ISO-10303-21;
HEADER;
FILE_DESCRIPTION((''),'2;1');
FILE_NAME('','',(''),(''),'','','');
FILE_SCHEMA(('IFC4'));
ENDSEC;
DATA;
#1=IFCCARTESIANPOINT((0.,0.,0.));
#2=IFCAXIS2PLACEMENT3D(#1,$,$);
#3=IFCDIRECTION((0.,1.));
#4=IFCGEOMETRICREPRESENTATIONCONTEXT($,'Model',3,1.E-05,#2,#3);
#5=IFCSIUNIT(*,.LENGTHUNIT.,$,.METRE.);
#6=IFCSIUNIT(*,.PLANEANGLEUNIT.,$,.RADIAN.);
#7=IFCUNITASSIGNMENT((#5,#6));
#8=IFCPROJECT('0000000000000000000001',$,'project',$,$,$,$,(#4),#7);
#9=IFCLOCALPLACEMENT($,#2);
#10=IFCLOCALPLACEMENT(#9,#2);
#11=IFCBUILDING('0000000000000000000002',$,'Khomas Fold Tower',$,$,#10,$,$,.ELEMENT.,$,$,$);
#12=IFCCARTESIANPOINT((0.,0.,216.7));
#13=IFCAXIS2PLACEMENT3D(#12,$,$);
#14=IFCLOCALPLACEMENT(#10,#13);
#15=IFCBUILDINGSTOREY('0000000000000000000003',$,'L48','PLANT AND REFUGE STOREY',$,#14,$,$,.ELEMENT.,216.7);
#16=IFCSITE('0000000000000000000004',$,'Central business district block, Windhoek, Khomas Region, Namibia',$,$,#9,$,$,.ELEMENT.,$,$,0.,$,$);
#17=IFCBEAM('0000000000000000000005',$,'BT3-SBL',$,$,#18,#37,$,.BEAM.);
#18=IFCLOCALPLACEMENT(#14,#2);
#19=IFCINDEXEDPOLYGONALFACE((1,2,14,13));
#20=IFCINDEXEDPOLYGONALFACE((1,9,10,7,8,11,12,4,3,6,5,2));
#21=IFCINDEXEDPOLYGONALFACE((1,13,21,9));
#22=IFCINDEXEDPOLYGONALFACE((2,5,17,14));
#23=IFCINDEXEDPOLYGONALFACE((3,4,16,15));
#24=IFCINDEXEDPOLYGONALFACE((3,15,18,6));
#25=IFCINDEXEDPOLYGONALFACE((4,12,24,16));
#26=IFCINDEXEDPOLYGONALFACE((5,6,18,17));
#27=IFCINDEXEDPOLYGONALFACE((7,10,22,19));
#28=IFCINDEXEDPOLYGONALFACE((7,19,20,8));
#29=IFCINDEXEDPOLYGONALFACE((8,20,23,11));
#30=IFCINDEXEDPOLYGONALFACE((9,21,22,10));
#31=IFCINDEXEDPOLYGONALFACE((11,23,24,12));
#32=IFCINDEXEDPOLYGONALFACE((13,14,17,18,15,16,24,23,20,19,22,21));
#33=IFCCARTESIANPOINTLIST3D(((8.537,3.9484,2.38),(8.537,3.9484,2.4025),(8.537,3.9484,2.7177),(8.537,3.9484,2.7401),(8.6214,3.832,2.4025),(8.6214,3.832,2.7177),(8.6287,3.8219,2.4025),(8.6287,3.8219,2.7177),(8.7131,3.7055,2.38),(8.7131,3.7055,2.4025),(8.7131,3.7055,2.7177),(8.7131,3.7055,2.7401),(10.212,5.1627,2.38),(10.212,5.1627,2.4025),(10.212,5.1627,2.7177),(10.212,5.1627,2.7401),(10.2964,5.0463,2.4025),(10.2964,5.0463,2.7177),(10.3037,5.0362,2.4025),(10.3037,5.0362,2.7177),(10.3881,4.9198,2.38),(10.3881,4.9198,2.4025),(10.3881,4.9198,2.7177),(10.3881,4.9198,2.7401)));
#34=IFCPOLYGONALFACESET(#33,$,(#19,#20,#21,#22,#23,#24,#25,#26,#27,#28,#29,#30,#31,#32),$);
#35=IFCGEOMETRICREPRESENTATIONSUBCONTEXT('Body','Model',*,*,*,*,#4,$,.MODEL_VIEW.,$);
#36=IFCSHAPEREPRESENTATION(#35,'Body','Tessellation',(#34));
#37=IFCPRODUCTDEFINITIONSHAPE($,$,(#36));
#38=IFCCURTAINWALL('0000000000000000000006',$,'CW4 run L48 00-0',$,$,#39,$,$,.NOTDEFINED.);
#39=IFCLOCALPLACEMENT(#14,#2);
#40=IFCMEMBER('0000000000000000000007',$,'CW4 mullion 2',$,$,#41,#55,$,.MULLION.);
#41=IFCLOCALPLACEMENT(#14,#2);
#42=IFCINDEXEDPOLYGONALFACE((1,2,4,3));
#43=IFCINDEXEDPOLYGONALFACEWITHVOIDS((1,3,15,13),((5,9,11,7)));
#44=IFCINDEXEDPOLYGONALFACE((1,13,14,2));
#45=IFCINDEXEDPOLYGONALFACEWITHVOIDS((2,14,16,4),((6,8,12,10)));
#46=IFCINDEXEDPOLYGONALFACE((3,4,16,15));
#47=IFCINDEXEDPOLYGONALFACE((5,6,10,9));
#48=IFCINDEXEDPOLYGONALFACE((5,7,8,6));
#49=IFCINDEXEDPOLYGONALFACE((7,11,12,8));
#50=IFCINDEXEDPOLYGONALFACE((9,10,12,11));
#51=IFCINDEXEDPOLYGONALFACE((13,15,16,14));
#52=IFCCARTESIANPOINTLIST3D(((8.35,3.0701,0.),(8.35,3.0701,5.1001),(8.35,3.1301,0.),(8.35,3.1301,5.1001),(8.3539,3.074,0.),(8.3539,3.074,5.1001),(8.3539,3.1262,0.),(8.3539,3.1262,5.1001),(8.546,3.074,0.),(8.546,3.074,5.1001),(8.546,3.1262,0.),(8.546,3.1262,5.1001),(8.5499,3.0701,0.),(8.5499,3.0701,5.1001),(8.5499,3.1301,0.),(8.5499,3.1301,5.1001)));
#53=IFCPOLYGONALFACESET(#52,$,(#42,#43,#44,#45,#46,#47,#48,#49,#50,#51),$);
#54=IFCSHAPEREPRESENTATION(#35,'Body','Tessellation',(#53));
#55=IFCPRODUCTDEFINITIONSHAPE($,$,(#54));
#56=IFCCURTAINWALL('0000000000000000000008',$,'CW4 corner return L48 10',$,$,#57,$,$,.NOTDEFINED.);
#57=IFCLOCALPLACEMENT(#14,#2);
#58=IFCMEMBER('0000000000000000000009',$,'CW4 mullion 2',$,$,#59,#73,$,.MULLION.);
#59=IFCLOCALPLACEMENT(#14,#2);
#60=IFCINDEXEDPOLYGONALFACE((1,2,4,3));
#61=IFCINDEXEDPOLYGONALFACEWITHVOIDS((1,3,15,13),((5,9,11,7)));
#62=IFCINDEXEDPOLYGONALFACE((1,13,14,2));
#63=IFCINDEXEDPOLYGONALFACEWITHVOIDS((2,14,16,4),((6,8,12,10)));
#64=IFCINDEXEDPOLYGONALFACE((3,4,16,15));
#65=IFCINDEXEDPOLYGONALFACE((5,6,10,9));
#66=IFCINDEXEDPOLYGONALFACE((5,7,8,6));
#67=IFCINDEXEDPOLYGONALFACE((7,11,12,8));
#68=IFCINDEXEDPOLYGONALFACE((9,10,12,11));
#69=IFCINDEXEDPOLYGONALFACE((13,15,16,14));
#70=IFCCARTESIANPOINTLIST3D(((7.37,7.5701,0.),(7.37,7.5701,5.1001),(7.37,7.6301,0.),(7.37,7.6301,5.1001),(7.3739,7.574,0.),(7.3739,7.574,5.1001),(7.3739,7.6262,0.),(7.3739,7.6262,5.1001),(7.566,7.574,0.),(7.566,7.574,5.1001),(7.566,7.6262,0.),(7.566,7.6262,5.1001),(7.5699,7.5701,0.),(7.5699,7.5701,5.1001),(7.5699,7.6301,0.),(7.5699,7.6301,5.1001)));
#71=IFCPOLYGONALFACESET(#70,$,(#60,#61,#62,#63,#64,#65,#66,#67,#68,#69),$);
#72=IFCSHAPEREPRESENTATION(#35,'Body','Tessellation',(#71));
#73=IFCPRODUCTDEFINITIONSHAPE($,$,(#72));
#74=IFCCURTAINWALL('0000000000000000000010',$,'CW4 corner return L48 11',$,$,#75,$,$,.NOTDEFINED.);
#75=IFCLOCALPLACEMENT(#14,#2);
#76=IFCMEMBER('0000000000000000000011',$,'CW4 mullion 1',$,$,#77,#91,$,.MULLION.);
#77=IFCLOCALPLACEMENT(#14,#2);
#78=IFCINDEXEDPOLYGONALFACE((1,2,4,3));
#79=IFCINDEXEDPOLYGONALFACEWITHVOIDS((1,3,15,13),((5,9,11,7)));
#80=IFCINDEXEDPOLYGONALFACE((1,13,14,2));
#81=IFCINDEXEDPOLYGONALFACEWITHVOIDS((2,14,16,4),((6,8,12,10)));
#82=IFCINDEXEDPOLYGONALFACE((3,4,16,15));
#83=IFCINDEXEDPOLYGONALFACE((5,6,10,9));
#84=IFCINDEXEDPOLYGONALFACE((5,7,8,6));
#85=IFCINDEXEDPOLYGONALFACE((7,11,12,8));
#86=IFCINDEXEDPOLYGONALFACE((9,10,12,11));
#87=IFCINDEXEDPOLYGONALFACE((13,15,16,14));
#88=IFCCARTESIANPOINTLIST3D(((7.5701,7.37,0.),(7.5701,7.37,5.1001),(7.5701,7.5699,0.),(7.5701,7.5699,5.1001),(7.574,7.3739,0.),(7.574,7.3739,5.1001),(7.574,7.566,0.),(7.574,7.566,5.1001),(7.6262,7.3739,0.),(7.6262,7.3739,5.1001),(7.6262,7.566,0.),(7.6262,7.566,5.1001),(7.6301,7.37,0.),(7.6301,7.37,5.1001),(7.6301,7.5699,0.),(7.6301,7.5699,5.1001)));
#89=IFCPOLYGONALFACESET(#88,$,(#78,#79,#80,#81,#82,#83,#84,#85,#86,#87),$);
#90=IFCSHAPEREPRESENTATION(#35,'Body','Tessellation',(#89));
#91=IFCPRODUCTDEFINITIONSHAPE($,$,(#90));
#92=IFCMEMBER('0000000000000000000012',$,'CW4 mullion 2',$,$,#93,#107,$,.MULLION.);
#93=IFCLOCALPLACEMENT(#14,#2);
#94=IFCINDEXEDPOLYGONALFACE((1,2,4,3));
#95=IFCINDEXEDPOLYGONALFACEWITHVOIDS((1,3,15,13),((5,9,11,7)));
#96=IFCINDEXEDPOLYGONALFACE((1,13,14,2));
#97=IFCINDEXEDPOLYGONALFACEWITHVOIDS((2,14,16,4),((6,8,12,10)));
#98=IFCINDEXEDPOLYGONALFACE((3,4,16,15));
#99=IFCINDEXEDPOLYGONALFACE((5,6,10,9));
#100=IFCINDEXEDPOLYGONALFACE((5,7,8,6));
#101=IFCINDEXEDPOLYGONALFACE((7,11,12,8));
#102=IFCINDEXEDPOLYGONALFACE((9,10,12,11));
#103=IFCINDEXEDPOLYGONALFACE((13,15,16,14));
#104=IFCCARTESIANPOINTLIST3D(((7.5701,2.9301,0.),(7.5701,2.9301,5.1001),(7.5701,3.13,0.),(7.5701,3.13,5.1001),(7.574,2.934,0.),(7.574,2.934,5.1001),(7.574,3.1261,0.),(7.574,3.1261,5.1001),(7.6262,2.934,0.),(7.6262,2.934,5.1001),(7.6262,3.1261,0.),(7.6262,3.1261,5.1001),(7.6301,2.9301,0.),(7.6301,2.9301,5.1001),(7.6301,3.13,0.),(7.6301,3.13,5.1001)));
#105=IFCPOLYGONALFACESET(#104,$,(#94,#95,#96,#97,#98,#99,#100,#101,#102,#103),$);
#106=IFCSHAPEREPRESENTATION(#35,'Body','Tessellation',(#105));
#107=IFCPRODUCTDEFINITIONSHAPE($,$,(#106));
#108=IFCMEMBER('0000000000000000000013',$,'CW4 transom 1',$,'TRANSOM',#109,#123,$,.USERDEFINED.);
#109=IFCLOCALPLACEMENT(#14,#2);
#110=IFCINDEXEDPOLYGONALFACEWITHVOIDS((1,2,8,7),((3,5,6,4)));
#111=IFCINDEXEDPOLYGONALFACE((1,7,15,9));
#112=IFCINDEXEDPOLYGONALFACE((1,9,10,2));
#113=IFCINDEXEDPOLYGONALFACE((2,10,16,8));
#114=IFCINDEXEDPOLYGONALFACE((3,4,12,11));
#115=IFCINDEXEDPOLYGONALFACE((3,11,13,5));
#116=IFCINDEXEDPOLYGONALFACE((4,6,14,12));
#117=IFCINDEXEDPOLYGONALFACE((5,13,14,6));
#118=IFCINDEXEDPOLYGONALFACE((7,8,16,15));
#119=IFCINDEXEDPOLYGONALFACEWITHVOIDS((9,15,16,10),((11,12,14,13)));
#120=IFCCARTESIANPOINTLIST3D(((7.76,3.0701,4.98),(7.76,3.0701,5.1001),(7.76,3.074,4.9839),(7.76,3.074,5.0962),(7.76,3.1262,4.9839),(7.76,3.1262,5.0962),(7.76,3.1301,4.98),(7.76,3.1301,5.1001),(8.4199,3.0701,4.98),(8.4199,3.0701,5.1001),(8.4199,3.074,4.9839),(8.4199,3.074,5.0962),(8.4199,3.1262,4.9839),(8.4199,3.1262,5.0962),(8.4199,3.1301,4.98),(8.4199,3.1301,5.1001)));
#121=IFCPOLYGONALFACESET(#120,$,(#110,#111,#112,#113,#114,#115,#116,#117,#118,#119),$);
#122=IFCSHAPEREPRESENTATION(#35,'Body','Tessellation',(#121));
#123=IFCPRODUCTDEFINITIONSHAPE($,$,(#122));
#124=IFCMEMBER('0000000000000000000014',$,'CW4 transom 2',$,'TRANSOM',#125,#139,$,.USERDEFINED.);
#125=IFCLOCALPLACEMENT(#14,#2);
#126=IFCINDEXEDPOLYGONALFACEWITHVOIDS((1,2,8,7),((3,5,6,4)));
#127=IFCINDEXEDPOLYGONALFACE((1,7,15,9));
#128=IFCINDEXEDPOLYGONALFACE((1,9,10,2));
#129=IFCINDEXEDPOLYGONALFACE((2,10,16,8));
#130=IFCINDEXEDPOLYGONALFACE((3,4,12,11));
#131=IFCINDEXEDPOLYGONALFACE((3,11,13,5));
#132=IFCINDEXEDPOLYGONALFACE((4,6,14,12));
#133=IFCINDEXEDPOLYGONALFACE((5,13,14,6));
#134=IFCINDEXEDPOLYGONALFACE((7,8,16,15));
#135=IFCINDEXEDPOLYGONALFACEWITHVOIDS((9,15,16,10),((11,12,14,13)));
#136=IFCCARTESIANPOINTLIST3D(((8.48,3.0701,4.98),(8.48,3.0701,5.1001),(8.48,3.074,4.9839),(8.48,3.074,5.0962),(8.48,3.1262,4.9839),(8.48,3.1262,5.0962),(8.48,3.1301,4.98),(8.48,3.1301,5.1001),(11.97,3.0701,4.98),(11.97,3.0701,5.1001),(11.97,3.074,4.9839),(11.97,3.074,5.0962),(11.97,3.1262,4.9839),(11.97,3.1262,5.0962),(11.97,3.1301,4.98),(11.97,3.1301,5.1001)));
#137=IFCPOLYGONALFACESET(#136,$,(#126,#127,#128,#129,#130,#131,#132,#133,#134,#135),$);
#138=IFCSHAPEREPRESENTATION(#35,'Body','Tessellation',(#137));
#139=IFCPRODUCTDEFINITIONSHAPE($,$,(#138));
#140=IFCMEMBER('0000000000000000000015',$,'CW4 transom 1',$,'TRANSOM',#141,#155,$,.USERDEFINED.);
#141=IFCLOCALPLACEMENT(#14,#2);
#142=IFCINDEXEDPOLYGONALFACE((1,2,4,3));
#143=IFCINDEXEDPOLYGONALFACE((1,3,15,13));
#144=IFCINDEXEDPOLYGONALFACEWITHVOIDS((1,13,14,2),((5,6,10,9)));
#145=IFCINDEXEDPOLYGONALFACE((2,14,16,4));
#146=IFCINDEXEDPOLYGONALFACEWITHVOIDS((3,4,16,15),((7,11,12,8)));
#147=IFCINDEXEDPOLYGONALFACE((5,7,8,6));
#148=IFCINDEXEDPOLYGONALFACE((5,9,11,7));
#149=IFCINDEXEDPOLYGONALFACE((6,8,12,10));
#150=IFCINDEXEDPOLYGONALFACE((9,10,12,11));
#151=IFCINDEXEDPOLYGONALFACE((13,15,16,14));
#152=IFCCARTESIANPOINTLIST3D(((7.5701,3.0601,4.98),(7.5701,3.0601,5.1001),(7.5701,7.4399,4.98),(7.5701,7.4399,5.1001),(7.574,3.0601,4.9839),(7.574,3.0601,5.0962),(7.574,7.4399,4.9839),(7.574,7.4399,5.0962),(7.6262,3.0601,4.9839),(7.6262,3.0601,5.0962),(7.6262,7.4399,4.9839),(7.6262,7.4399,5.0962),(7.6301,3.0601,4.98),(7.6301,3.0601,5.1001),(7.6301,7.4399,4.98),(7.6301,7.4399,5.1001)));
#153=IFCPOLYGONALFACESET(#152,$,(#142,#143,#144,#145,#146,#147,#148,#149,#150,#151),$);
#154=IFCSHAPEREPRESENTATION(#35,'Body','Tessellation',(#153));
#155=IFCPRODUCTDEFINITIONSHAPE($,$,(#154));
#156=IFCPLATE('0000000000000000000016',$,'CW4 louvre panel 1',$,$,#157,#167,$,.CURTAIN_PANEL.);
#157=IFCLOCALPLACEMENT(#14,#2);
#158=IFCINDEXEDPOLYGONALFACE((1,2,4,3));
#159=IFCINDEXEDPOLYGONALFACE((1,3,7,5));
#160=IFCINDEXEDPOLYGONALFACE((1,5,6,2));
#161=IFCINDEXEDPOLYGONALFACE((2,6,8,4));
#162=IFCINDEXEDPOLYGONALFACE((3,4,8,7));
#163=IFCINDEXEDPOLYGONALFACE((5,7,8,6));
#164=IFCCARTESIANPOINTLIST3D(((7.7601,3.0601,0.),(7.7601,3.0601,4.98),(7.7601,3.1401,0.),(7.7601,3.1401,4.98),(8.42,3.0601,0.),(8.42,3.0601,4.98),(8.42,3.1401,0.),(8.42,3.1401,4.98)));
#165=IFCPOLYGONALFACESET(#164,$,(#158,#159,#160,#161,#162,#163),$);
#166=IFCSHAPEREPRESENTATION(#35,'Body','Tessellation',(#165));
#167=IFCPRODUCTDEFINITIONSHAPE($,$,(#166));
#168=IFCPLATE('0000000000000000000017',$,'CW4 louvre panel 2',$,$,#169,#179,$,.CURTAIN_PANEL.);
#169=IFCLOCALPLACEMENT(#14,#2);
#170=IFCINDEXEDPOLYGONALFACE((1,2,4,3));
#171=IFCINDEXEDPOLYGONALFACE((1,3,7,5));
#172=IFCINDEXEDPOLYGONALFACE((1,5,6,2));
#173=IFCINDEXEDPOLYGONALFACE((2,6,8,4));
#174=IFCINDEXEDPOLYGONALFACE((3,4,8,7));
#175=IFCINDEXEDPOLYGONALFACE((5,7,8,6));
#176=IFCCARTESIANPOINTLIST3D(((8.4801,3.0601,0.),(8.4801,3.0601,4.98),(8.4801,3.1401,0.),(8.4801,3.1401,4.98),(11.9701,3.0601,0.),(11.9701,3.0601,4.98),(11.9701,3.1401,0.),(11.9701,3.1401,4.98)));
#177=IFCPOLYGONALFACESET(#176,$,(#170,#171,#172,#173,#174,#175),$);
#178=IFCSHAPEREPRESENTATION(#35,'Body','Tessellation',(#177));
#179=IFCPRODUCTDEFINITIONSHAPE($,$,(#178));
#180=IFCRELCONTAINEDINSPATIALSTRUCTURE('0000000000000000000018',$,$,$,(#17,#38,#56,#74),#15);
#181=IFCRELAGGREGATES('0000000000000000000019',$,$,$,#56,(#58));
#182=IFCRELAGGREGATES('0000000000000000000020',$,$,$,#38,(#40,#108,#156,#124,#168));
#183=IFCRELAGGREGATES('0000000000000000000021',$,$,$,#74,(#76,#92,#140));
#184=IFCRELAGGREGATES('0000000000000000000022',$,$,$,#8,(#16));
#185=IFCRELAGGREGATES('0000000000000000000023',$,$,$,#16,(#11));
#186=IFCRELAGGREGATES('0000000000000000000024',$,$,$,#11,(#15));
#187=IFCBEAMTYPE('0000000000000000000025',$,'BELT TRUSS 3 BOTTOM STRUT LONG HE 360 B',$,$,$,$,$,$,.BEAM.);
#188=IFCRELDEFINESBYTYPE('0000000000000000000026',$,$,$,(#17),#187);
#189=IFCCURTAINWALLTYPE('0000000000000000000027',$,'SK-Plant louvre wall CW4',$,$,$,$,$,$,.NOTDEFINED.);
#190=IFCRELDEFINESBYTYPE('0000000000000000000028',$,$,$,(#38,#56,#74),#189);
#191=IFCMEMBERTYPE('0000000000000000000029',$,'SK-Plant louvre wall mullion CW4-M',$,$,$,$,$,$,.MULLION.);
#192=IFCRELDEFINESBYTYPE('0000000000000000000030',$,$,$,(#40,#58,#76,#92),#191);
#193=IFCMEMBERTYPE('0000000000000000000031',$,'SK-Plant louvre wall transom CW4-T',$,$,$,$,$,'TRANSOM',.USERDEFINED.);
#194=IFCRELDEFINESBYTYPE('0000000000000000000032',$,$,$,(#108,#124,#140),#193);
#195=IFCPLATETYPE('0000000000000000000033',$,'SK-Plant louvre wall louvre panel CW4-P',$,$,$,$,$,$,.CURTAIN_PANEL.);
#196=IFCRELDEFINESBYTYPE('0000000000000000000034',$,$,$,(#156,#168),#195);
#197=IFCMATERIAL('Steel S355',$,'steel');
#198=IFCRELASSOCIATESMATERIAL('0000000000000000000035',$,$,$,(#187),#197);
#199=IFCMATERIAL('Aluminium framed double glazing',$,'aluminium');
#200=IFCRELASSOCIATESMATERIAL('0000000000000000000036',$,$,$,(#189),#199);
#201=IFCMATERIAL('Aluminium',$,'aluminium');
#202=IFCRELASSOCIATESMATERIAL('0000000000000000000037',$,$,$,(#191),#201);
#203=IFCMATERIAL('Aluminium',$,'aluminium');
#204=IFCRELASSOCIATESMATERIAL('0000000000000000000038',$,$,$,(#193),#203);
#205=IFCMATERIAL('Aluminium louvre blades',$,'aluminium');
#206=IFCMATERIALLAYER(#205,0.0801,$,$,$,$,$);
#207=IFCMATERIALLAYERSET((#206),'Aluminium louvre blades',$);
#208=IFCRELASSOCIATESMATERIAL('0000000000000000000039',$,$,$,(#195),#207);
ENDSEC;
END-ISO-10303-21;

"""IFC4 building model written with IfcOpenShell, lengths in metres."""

from ifc_helpers import new_model, si_unit, direction, frame, origin, origin_2d, place, context, subcontext, project, spatial, rectangle, hollow_rectangle, i_section, extrude, source, transform, mapped, material, layer, layer_set, material_profile, profile_set, type_object, element, aggregate, save


model = new_model("IFC4")

# Units and contexts
model_context = context("Model", 3, precision=1e-05, world=origin(), true_north=direction((0.0, 1.0)))
body_context = subcontext(model_context, "Body", "Model", "MODEL_VIEW")
ifc_project = project(units=[si_unit("LENGTHUNIT", "METRE"), si_unit("PLANEANGLEUNIT", "RADIAN")], contexts=[model_context])

# Site, building, storey
site_placement = place(None, origin())
site = spatial("IfcSite", under=ifc_project, at=site_placement, Name="Central business district block, Windhoek, Khomas Region, Namibia", CompositionType="ELEMENT", RefElevation=0.0)
building_placement = place(site_placement, origin())
building = spatial("IfcBuilding", under=site, at=building_placement, Name="Khomas Fold Tower", CompositionType="ELEMENT")
storey_placement = place(building_placement, frame((0.0, 0.0, 216.7)))
storey = spatial("IfcBuildingStorey", under=building, at=storey_placement, Name="L48", Description="PLANT AND REFUGE STOREY", CompositionType="ELEMENT", Elevation=216.7)

# Beam
ifc_material_1 = material(Name="Steel S355", Category="steel")
ifc_material_profile_1 = material_profile(ifc_material_1, i_section(OverallWidth=0.3, OverallDepth=0.3601, WebThickness=0.0125, FlangeThickness=0.0225, at=origin_2d()), Name="HE 360 B")
ifc_profile_set_1 = profile_set([ifc_material_profile_1], Name="Steel S355")
beam_type_1 = type_object("IfcBeamType", Name="BELT TRUSS 3 BOTTOM STRUT LONG HE 360 B", PredefinedType="BEAM", material=ifc_profile_set_1)
shared_shape_1 = source(origin(), body_context, "Body", "SweptSolid", [
    extrude(i_section(OverallWidth=0.3, OverallDepth=0.3601, WebThickness=0.0125, FlangeThickness=0.0225, at=origin_2d()), origin(), (0.0, 0.0, 1.0), 2.0688),
])
beam_1_placement = place(storey_placement, frame((10.3, 5.0413, 2.5601), z_axis=(-0.809623, -0.58695, 0.0), x_axis=(0.58695, -0.809623, 0.0)))
element("IfcBeam", 1, at=beam_1_placement, inside=storey, type_object=beam_type_1, Name="BT3-SBL", PredefinedType="BEAM", context=body_context, shape_type="MappedRepresentation", body=[
    mapped(shared_shape_1, transform((0.0, 0.0, 0.0))),
])

# Curtain walls, members
ifc_material_2 = material(Name="Aluminium framed double glazing", Category="aluminium")
curtain_wall_type = type_object("IfcCurtainWallType", Name="SK-Plant louvre wall CW4", PredefinedType="NOTDEFINED", material=ifc_material_2)
curtain_wall_1_placement = place(storey_placement, origin())
curtain_wall_1 = element("IfcCurtainWall", 2, at=curtain_wall_1_placement, inside=storey, type_object=curtain_wall_type, Name="CW4 run L48 00-0", PredefinedType="NOTDEFINED")
ifc_material_3 = material(Name="Aluminium", Category="aluminium")
ifc_material_profile_2 = material_profile(ifc_material_3, hollow_rectangle(XDim=0.0601, YDim=0.2, WallThickness=0.0039, at=origin_2d()), Name="SK-Plant louvre wall mullion CW4-M")
ifc_profile_set_2 = profile_set([ifc_material_profile_2], Name="Aluminium")
member_type_1 = type_object("IfcMemberType", Name="SK-Plant louvre wall mullion CW4-M", PredefinedType="MULLION", material=ifc_profile_set_2)
shared_shape_2 = source(origin(), body_context, "Body", "SweptSolid", [
    extrude(hollow_rectangle(XDim=0.0601, YDim=0.2, WallThickness=0.0039, at=origin_2d()), origin(), (0.0, 0.0, 1.0), 5.1001),
])
member_1_placement = place(storey_placement, frame((8.45, 3.1001, 0.0), z_axis=(0.0, 0.0, 1.0), x_axis=(0.0, 1.0, 0.0)))
member_1 = element("IfcMember", 3, at=member_1_placement, type_object=member_type_1, Name="CW4 mullion 2", PredefinedType="MULLION", context=body_context, shape_type="MappedRepresentation", body=[
    mapped(shared_shape_2, transform((0.0, 0.0, 0.0))),
])
curtain_wall_2_placement = place(storey_placement, origin())
curtain_wall_2 = element("IfcCurtainWall", 4, at=curtain_wall_2_placement, inside=storey, type_object=curtain_wall_type, Name="CW4 corner return L48 10", PredefinedType="NOTDEFINED")
member_2_placement = place(storey_placement, frame((7.47, 7.6001, 0.0), z_axis=(0.0, 0.0, 1.0), x_axis=(0.0, 1.0, 0.0)))
member_2 = element("IfcMember", 5, at=member_2_placement, type_object=member_type_1, Name="CW4 mullion 2", PredefinedType="MULLION", context=body_context, shape_type="MappedRepresentation", body=[
    mapped(shared_shape_2, transform((0.0, 0.0, 0.0))),
])
aggregate(curtain_wall_2, [member_2])

# Curtain wall, members
curtain_wall_3_placement = place(storey_placement, origin())
curtain_wall_3 = element("IfcCurtainWall", 6, at=curtain_wall_3_placement, inside=storey, type_object=curtain_wall_type, Name="CW4 corner return L48 11", PredefinedType="NOTDEFINED")
member_3_placement = place(storey_placement, frame((7.6001, 7.47, 0.0), z_axis=(0.0, 0.0, 1.0), x_axis=(1.0, 0.0, 0.0)))
member_3 = element("IfcMember", 7, at=member_3_placement, type_object=member_type_1, Name="CW4 mullion 1", PredefinedType="MULLION", context=body_context, shape_type="MappedRepresentation", body=[
    mapped(shared_shape_2, transform((0.0, 0.0, 0.0))),
])
member_4_placement = place(storey_placement, frame((7.6001, 3.03, 0.0), z_axis=(0.0, 0.0, 1.0), x_axis=(1.0, 0.0, 0.0)))
member_4 = element("IfcMember", 8, at=member_4_placement, type_object=member_type_1, Name="CW4 mullion 2", PredefinedType="MULLION", context=body_context, shape_type="MappedRepresentation", body=[
    mapped(shared_shape_2, transform((0.0, 0.0, 0.0))),
])

# Members
ifc_material_4 = material(Name="Aluminium", Category="aluminium")
ifc_material_profile_3 = material_profile(ifc_material_4, hollow_rectangle(XDim=0.0601, YDim=0.1201, WallThickness=0.0039, at=origin_2d()), Name="SK-Plant louvre wall transom CW4-T")
ifc_profile_set_3 = profile_set([ifc_material_profile_3], Name="Aluminium")
member_type_2 = type_object("IfcMemberType", Name="SK-Plant louvre wall transom CW4-T", ElementType="TRANSOM", PredefinedType="USERDEFINED", material=ifc_profile_set_3)
shared_shape_3 = source(origin(), body_context, "Body", "SweptSolid", [
    extrude(hollow_rectangle(XDim=0.0601, YDim=0.1201, WallThickness=0.0039, at=origin_2d()), origin(), (0.0, 0.0, 1.0), 0.6599),
])
member_5_placement = place(storey_placement, frame((7.76, 3.1001, 5.04), z_axis=(1.0, 0.0, 0.0), x_axis=(0.0, 1.0, 0.0)))
member_5 = element("IfcMember", 9, at=member_5_placement, type_object=member_type_2, Name="CW4 transom 1", ObjectType="TRANSOM", PredefinedType="USERDEFINED", context=body_context, shape_type="MappedRepresentation", body=[
    mapped(shared_shape_3, transform((0.0, 0.0, 0.0))),
])
shared_shape_4 = source(origin(), body_context, "Body", "SweptSolid", [
    extrude(hollow_rectangle(XDim=0.0601, YDim=0.1201, WallThickness=0.0039, at=origin_2d()), origin(), (0.0, 0.0, 1.0), 3.49),
])
member_6_placement = place(storey_placement, frame((8.48, 3.1001, 5.04), z_axis=(1.0, 0.0, 0.0), x_axis=(0.0, 1.0, 0.0)))
member_6 = element("IfcMember", 10, at=member_6_placement, type_object=member_type_2, Name="CW4 transom 2", ObjectType="TRANSOM", PredefinedType="USERDEFINED", context=body_context, shape_type="MappedRepresentation", body=[
    mapped(shared_shape_4, transform((0.0, 0.0, 0.0))),
])
shared_shape_5 = source(origin(), body_context, "Body", "SweptSolid", [
    extrude(hollow_rectangle(XDim=0.0601, YDim=0.1201, WallThickness=0.0039, at=origin_2d()), origin(), (0.0, 0.0, 1.0), 4.3799),
])
member_7_placement = place(storey_placement, frame((7.6001, 7.4399, 5.04), z_axis=(0.0, -1.0, 0.0), x_axis=(1.0, 0.0, 0.0)))
member_7 = element("IfcMember", 11, at=member_7_placement, type_object=member_type_2, Name="CW4 transom 1", ObjectType="TRANSOM", PredefinedType="USERDEFINED", context=body_context, shape_type="MappedRepresentation", body=[
    mapped(shared_shape_5, transform((0.0, 0.0, 0.0))),
])

# Plates
ifc_material_5 = material(Name="Aluminium louvre blades", Category="aluminium")
ifc_layer_1 = layer(ifc_material_5, 0.0801)
ifc_layer_set_1 = layer_set([ifc_layer_1], Name="Aluminium louvre blades")
plate_type = type_object("IfcPlateType", Name="SK-Plant louvre wall louvre panel CW4-P", PredefinedType="CURTAIN_PANEL", material=ifc_layer_set_1)
shared_shape_6 = source(origin(), body_context, "Body", "SweptSolid", [
    extrude(rectangle(XDim=0.6599, YDim=0.0801, at=origin_2d()), origin(), (0.0, 0.0, 1.0), 4.98),
])
plate_1_placement = place(storey_placement, frame((8.0901, 3.1001, 0.0), z_axis=(0.0, 0.0, 1.0), x_axis=(1.0, 0.0, 0.0)))
plate_1 = element("IfcPlate", 12, at=plate_1_placement, type_object=plate_type, Name="CW4 louvre panel 1", PredefinedType="CURTAIN_PANEL", context=body_context, shape_type="MappedRepresentation", body=[
    mapped(shared_shape_6, transform((0.0, 0.0, 0.0))),
])
shared_shape_7 = source(origin(), body_context, "Body", "SweptSolid", [
    extrude(rectangle(XDim=3.49, YDim=0.0801, at=origin_2d()), origin(), (0.0, 0.0, 1.0), 4.98),
])
plate_2_placement = place(storey_placement, frame((10.2251, 3.1001, 0.0), z_axis=(0.0, 0.0, 1.0), x_axis=(1.0, 0.0, 0.0)))
plate_2 = element("IfcPlate", 13, at=plate_2_placement, type_object=plate_type, Name="CW4 louvre panel 2", PredefinedType="CURTAIN_PANEL", context=body_context, shape_type="MappedRepresentation", body=[
    mapped(shared_shape_7, transform((0.0, 0.0, 0.0))),
])
aggregate(curtain_wall_1, [member_1, member_5, plate_1, member_6, plate_2])
aggregate(curtain_wall_3, [member_3, member_4, member_7])

save(model, "model.ifc")
